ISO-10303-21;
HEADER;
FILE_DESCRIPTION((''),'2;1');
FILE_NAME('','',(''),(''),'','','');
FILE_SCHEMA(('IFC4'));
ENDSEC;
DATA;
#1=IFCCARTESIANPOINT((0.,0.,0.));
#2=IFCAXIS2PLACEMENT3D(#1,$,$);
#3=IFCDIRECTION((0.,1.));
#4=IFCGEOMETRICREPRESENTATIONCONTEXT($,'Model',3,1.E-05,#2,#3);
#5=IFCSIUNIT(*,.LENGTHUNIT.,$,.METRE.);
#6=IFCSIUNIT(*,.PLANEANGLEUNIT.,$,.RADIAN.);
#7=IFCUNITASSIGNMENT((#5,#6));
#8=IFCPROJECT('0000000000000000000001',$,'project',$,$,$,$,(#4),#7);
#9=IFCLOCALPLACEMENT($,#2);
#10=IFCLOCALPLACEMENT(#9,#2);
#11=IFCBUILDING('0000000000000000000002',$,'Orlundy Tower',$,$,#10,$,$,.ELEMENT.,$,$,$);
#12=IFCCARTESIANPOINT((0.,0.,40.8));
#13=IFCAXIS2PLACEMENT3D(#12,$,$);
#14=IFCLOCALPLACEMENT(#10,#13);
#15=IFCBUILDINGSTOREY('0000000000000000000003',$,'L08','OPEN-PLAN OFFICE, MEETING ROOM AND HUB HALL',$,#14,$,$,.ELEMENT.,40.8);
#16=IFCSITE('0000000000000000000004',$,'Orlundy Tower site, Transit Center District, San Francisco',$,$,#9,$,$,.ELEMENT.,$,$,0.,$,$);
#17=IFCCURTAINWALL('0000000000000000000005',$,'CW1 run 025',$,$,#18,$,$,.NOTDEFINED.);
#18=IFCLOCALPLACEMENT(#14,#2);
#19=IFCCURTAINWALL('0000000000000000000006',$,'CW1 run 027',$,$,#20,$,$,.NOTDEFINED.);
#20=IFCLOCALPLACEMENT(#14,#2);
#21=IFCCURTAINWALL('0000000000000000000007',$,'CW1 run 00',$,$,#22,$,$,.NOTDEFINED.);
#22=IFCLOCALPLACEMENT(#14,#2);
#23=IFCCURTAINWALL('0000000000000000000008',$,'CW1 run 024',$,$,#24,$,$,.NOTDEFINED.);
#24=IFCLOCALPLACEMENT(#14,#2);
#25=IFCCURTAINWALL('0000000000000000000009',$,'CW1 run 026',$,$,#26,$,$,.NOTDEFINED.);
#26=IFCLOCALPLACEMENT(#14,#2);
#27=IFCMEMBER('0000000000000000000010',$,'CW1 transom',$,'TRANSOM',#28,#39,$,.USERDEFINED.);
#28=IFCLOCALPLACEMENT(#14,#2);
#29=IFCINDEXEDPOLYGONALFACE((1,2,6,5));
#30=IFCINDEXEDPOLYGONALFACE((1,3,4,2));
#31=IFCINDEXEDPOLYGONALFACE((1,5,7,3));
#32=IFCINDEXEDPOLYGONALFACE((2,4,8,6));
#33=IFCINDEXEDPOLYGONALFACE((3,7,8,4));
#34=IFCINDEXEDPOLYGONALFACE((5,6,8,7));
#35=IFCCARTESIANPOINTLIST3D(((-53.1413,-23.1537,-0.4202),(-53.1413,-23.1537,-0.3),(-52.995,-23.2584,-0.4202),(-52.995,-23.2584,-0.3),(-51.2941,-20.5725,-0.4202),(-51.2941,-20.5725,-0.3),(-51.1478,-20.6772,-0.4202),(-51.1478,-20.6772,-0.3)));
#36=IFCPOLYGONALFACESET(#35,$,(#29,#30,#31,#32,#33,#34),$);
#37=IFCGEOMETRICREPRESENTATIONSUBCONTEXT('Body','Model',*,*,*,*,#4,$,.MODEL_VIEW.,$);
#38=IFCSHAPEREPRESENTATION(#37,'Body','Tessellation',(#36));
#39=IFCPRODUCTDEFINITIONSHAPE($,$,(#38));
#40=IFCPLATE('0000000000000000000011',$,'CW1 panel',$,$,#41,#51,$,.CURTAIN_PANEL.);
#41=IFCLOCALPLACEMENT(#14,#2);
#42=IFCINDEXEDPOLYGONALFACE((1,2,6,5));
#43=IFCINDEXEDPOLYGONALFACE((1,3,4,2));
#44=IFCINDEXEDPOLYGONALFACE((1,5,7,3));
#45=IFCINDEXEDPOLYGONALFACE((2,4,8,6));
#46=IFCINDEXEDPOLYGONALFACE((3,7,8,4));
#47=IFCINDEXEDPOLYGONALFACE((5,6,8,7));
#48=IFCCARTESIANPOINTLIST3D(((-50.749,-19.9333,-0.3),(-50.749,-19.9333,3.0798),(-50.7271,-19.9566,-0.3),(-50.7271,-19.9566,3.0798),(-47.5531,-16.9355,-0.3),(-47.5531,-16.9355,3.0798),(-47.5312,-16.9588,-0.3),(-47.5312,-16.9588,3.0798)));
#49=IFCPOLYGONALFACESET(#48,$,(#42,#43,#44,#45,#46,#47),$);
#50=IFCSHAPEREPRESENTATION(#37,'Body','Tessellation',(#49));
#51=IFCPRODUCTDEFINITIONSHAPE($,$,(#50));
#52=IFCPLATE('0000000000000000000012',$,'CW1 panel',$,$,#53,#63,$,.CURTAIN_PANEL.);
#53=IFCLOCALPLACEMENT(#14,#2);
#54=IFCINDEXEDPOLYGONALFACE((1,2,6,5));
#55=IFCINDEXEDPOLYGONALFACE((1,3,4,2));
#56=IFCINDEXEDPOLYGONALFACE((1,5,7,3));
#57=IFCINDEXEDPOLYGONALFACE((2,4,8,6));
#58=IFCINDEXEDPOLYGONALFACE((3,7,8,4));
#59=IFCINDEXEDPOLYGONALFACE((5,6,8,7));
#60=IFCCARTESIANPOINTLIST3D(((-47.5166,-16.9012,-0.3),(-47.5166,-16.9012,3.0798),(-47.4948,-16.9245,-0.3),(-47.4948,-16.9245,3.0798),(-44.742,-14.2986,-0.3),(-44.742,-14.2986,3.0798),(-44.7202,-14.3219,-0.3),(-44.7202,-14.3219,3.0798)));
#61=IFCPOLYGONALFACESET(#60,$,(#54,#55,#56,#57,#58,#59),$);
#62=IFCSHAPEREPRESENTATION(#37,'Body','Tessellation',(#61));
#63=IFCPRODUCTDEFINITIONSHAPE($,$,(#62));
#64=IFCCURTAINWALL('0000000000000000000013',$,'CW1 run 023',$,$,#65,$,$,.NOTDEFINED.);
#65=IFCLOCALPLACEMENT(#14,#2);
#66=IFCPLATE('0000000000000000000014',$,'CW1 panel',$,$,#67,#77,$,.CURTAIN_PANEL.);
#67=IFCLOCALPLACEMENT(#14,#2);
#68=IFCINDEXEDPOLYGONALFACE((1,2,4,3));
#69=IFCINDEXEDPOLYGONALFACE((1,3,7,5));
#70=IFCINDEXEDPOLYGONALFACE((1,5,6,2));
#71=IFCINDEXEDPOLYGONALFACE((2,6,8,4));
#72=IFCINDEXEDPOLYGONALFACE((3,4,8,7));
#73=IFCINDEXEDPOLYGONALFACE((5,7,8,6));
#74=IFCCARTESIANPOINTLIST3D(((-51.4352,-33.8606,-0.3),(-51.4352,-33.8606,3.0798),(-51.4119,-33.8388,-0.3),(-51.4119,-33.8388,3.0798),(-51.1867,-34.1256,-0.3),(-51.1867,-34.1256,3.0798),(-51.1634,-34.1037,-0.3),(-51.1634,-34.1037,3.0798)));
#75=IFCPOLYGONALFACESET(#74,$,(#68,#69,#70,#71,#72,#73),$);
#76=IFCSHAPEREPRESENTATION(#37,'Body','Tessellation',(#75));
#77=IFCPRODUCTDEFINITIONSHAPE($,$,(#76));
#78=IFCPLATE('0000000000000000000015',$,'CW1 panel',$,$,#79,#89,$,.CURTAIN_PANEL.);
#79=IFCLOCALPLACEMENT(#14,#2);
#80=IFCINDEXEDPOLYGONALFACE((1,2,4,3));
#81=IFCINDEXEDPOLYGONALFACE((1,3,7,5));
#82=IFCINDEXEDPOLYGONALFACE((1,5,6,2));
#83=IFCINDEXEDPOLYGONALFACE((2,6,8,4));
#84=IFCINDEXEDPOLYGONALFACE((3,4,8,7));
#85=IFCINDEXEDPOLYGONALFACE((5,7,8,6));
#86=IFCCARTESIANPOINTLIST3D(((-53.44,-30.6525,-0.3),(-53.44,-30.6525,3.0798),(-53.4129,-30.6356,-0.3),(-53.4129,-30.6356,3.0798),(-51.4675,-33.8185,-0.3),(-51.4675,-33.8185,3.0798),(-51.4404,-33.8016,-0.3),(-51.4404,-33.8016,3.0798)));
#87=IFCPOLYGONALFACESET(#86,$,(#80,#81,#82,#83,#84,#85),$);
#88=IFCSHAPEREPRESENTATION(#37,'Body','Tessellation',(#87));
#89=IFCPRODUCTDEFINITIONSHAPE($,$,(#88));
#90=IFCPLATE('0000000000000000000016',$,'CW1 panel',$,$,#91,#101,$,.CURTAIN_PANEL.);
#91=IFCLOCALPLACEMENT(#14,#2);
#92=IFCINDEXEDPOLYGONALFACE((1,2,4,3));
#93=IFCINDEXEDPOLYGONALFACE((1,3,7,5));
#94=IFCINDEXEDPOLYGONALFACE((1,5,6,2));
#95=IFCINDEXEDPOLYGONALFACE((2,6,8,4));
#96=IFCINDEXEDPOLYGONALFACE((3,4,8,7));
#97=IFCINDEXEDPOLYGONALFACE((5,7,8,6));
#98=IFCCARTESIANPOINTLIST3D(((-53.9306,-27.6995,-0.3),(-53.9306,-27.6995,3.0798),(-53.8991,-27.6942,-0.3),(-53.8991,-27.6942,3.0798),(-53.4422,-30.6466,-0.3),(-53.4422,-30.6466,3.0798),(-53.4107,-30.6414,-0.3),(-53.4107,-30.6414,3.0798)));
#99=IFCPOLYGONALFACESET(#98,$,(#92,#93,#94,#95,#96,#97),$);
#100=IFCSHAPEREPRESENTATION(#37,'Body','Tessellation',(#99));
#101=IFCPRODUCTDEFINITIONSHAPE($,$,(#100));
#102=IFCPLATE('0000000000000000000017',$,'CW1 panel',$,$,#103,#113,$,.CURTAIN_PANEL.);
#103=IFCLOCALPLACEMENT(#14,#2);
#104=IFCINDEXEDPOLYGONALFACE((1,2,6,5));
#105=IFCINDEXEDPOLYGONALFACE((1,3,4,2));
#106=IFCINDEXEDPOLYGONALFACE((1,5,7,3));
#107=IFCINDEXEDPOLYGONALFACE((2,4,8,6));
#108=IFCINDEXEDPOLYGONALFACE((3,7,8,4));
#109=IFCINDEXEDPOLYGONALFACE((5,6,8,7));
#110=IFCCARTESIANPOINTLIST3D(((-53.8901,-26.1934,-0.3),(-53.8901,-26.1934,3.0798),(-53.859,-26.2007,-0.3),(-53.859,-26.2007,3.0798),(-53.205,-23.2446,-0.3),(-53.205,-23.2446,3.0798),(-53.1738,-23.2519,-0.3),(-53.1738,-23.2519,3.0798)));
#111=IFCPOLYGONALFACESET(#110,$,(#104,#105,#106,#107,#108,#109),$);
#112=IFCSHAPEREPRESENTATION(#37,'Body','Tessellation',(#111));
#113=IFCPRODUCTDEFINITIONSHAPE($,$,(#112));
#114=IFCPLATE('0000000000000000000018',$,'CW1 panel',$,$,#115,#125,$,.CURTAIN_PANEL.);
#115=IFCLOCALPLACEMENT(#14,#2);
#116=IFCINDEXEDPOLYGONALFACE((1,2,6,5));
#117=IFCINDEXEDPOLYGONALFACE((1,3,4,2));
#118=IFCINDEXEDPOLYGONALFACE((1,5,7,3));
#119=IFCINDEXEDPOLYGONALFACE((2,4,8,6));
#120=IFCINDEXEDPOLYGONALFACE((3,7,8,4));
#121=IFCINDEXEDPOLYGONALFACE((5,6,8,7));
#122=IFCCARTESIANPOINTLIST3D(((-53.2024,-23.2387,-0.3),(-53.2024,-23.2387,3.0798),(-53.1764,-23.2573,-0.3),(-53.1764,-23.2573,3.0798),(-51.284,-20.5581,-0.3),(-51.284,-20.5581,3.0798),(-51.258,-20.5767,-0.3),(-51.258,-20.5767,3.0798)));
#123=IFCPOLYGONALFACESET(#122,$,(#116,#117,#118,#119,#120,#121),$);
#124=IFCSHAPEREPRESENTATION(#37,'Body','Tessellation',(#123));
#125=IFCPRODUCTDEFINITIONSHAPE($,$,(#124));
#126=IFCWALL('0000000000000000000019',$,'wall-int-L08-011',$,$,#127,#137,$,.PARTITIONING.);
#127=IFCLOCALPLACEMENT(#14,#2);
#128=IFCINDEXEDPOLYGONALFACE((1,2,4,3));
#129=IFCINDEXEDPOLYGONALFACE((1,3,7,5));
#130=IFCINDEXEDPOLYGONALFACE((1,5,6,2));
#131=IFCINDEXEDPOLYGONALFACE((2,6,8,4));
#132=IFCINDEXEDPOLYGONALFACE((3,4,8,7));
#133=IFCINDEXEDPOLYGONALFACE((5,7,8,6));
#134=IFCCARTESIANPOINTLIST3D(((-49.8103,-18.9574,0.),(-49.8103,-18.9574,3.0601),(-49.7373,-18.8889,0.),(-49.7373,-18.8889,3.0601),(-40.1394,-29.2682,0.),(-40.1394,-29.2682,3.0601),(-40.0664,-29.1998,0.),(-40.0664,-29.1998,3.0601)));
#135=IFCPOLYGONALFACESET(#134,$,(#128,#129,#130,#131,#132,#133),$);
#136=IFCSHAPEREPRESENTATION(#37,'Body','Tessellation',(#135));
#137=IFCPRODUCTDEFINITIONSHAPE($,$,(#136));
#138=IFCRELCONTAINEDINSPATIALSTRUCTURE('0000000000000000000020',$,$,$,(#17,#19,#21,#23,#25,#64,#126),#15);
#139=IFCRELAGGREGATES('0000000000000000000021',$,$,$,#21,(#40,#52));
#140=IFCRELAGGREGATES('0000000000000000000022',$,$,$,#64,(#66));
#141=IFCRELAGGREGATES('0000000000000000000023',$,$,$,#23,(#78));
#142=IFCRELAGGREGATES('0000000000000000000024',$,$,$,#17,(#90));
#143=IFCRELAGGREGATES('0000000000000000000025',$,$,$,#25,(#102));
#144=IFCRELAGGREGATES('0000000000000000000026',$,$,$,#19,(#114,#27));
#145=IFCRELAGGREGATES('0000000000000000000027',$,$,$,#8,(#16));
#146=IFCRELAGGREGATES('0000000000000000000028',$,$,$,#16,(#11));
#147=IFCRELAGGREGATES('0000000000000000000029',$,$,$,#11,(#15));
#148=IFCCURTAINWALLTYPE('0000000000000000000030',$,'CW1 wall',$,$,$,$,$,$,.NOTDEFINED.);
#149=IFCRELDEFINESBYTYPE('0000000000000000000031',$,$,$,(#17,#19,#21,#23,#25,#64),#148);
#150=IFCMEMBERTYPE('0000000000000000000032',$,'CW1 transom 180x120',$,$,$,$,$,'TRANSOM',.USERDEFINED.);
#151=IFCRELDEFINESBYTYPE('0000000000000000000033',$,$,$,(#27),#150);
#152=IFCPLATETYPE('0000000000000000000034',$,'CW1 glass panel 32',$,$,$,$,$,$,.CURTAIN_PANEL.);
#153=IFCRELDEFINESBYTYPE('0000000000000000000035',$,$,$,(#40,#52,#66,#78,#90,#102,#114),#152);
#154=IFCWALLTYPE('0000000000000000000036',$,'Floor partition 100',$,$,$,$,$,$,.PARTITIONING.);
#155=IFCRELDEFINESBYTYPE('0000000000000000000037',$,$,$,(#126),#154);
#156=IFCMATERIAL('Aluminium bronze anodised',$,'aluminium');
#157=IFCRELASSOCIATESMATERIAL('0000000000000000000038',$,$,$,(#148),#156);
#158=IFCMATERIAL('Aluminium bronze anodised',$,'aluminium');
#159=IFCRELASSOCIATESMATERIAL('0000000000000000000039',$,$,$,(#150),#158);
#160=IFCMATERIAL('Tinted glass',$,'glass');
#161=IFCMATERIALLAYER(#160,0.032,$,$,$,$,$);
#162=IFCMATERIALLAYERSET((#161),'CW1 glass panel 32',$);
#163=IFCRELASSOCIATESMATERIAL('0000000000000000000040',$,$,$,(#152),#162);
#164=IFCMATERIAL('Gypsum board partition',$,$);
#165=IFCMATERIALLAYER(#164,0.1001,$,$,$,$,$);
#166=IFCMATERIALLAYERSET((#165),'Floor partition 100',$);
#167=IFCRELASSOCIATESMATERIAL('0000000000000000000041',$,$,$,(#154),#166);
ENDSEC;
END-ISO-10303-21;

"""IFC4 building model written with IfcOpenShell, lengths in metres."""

from ifc_helpers import new_model, si_unit, direction, frame, frame_2d, origin, origin_2d, place, context, subcontext, project, spatial, rectangle, extrude, material, layer, layer_set, material_profile, profile_set, type_object, element, aggregate, save


model = new_model("IFC4")

# Units and contexts
model_context = context("Model", 3, precision=1e-05, world=origin(), true_north=direction((0.0, 1.0)))
body_context = subcontext(model_context, "Body", "Model", "MODEL_VIEW")
ifc_project = project(units=[si_unit("LENGTHUNIT", "METRE"), si_unit("PLANEANGLEUNIT", "RADIAN")], contexts=[model_context])

# Site, building, storey
site_placement = place(None, origin())
site = spatial("IfcSite", under=ifc_project, at=site_placement, Name="Orlundy Tower site, Transit Center District, San Francisco", CompositionType="ELEMENT", RefElevation=0.0)
building_placement = place(site_placement, origin())
building = spatial("IfcBuilding", under=site, at=building_placement, Name="Orlundy Tower", CompositionType="ELEMENT")
storey_placement = place(building_placement, frame((0.0, 0.0, 40.8)))
storey = spatial("IfcBuildingStorey", under=building, at=storey_placement, Name="L08", Description="OPEN-PLAN OFFICE, MEETING ROOM AND HUB HALL", CompositionType="ELEMENT", Elevation=40.8)

# Curtain walls
ifc_material_1 = material(Name="Aluminium bronze anodised", Category="aluminium")
curtain_wall_type = type_object("IfcCurtainWallType", Name="CW1 wall", PredefinedType="NOTDEFINED", material=ifc_material_1)
curtain_wall_1_placement = place(storey_placement, origin())
curtain_wall_1 = element("IfcCurtainWall", 1, at=curtain_wall_1_placement, inside=storey, type_object=curtain_wall_type, Name="CW1 run 025", PredefinedType="NOTDEFINED")
curtain_wall_2_placement = place(storey_placement, origin())
curtain_wall_2 = element("IfcCurtainWall", 2, at=curtain_wall_2_placement, inside=storey, type_object=curtain_wall_type, Name="CW1 run 027", PredefinedType="NOTDEFINED")
curtain_wall_3_placement = place(storey_placement, origin())
curtain_wall_3 = element("IfcCurtainWall", 3, at=curtain_wall_3_placement, inside=storey, type_object=curtain_wall_type, Name="CW1 run 00", PredefinedType="NOTDEFINED")
curtain_wall_4_placement = place(storey_placement, origin())
curtain_wall_4 = element("IfcCurtainWall", 4, at=curtain_wall_4_placement, inside=storey, type_object=curtain_wall_type, Name="CW1 run 024", PredefinedType="NOTDEFINED")

# Shared definitions
ifc_material_2 = material(Name="Aluminium bronze anodised", Category="aluminium")
ifc_material_profile_1 = material_profile(ifc_material_2, rectangle(XDim=0.1799, YDim=0.1201, at=origin_2d()), Name="CW1 transom 180x120")
ifc_profile_set_1 = profile_set([ifc_material_profile_1], Name="Aluminium bronze anodised")
member_type_1 = type_object("IfcMemberType", Name="CW1 transom 180x120", ElementType="TRANSOM", PredefinedType="USERDEFINED", material=ifc_profile_set_1)

# Curtain wall
curtain_wall_5_placement = place(storey_placement, origin())
curtain_wall_5 = element("IfcCurtainWall", 5, at=curtain_wall_5_placement, inside=storey, type_object=curtain_wall_type, Name="CW1 run 026", PredefinedType="NOTDEFINED")

# Member
member_1_placement = place(storey_placement, frame((-53.0681, -23.2061, -0.3601), z_axis=(0.581944, 0.813229, 0.0), x_axis=(-0.813229, 0.581944, 0.0)))
member_1 = element("IfcMember", 6, at=member_1_placement, type_object=member_type_1, Name="CW1 transom", ObjectType="TRANSOM", PredefinedType="USERDEFINED", context=body_context, shape_type="SweptSolid", body=[
    extrude(rectangle(XDim=0.1799, YDim=0.1201, at=origin_2d()), origin(), (0.0, 0.0, 1.0), 3.1741),
])

# Plates
ifc_material_3 = material(Name="Tinted glass", Category="glass")
ifc_layer_1 = layer(ifc_material_3, 0.032)
ifc_layer_set_1 = layer_set([ifc_layer_1], Name="CW1 glass panel 32")
plate_type = type_object("IfcPlateType", Name="CW1 glass panel 32", PredefinedType="CURTAIN_PANEL", material=ifc_layer_set_1)
plate_1_placement = place(storey_placement, frame((-49.1401, -18.446, -0.3), z_axis=(0.0, 0.0, 1.0), x_axis=(0.729351, 0.684139, 0.0)))
plate_1 = element("IfcPlate", 7, at=plate_1_placement, type_object=plate_type, Name="CW1 panel", PredefinedType="CURTAIN_PANEL", context=body_context, shape_type="SweptSolid", body=[
    extrude(rectangle(XDim=4.3818, YDim=0.032, at=origin_2d()), origin(), (0.0, 0.0, 1.0), 3.3799),
])
plate_2_placement = place(storey_placement, frame((-46.1184, -15.6116, -0.3), z_axis=(0.0, 0.0, 1.0), x_axis=(0.729351, 0.684139, 0.0)))
plate_2 = element("IfcPlate", 8, at=plate_2_placement, type_object=plate_type, Name="CW1 panel", PredefinedType="CURTAIN_PANEL", context=body_context, shape_type="SweptSolid", body=[
    extrude(rectangle(XDim=3.8042, YDim=0.032, at=origin_2d()), origin(), (0.0, 0.0, 1.0), 3.3799),
])
aggregate(curtain_wall_3, [plate_1, plate_2])

# Curtain wall, plate
curtain_wall_6_placement = place(storey_placement, origin())
curtain_wall_6 = element("IfcCurtainWall", 9, at=curtain_wall_6_placement, inside=storey, type_object=curtain_wall_type, Name="CW1 run 023", PredefinedType="NOTDEFINED")
plate_3_placement = place(storey_placement, frame((-51.2993, -33.9822, -0.3), z_axis=(0.0, 0.0, 1.0), x_axis=(-0.684126, 0.729363, 0.0)))
plate_3 = element("IfcPlate", 10, at=plate_3_placement, type_object=plate_type, Name="CW1 panel", PredefinedType="CURTAIN_PANEL", context=body_context, shape_type="SweptSolid", body=[
    extrude(rectangle(XDim=0.3633, YDim=0.032, at=origin_2d()), origin(), (0.0, 0.0, 1.0), 3.3799),
])
aggregate(curtain_wall_6, [plate_3])

# Plates
plate_4_placement = place(storey_placement, frame((-52.4402, -32.2271, -0.3), z_axis=(0.0, 0.0, 1.0), x_axis=(-0.528786, 0.848755, 0.0)))
plate_4 = element("IfcPlate", 11, at=plate_4_placement, type_object=plate_type, Name="CW1 panel", PredefinedType="CURTAIN_PANEL", context=body_context, shape_type="SweptSolid", body=[
    extrude(rectangle(XDim=3.7302, YDim=0.032, at=origin_2d()), origin(), (0.0, 0.0, 1.0), 3.3799),
])
aggregate(curtain_wall_4, [plate_4])
plate_5_placement = place(storey_placement, frame((-53.6707, -29.1704, -0.3), z_axis=(0.0, 0.0, 1.0), x_axis=(-0.16348, 0.986547, 0.0)))
plate_5 = element("IfcPlate", 12, at=plate_5_placement, type_object=plate_type, Name="CW1 panel", PredefinedType="CURTAIN_PANEL", context=body_context, shape_type="SweptSolid", body=[
    extrude(rectangle(XDim=2.9873, YDim=0.032, at=origin_2d()), origin(), (0.0, 0.0, 1.0), 3.3799),
])
aggregate(curtain_wall_1, [plate_5])
plate_6_placement = place(storey_placement, frame((-53.532, -24.7227, -0.3), z_axis=(0.0, 0.0, 1.0), x_axis=(0.226317, 0.974054, 0.0)))
plate_6 = element("IfcPlate", 13, at=plate_6_placement, type_object=plate_type, Name="CW1 panel", PredefinedType="CURTAIN_PANEL", context=body_context, shape_type="SweptSolid", body=[
    extrude(rectangle(XDim=3.0273, YDim=0.032, at=origin_2d()), origin(), (0.0, 0.0, 1.0), 3.3799),
])
aggregate(curtain_wall_5, [plate_6])
plate_7_placement = place(storey_placement, frame((-52.2302, -21.9077, -0.3), z_axis=(0.0, 0.0, 1.0), x_axis=(0.581978, 0.813204, 0.0)))
plate_7 = element("IfcPlate", 14, at=plate_7_placement, type_object=plate_type, Name="CW1 panel", PredefinedType="CURTAIN_PANEL", context=body_context, shape_type="SweptSolid", body=[
    extrude(rectangle(XDim=3.2964, YDim=0.032, at=origin_2d()), origin(), (0.0, 0.0, 1.0), 3.3799),
])
aggregate(curtain_wall_2, [plate_7, member_1])

# Wall
ifc_material_4 = material(Name="Gypsum board partition")
ifc_layer_2 = layer(ifc_material_4, 0.1001)
ifc_layer_set_2 = layer_set([ifc_layer_2], Name="Floor partition 100")
wall_type_1 = type_object("IfcWallType", Name="Floor partition 100", PredefinedType="PARTITIONING", material=ifc_layer_set_2)
wall_1_placement = place(storey_placement, frame((-49.7739, -18.9231, 0.0), z_axis=(0.0, 0.0, 1.0), x_axis=(0.684112, -0.729377, 0.0)))
element("IfcWall", 15, at=wall_1_placement, inside=storey, type_object=wall_type_1, Name="wall-int-L08-011", PredefinedType="PARTITIONING", context=body_context, shape_type="SweptSolid", body=[
    extrude(rectangle(XDim=14.1365, YDim=0.1001, at=frame_2d((7.0684, 0.0))), origin(), (0.0, 0.0, 1.0), 3.0601),
])

save(model, "model.ifc")
